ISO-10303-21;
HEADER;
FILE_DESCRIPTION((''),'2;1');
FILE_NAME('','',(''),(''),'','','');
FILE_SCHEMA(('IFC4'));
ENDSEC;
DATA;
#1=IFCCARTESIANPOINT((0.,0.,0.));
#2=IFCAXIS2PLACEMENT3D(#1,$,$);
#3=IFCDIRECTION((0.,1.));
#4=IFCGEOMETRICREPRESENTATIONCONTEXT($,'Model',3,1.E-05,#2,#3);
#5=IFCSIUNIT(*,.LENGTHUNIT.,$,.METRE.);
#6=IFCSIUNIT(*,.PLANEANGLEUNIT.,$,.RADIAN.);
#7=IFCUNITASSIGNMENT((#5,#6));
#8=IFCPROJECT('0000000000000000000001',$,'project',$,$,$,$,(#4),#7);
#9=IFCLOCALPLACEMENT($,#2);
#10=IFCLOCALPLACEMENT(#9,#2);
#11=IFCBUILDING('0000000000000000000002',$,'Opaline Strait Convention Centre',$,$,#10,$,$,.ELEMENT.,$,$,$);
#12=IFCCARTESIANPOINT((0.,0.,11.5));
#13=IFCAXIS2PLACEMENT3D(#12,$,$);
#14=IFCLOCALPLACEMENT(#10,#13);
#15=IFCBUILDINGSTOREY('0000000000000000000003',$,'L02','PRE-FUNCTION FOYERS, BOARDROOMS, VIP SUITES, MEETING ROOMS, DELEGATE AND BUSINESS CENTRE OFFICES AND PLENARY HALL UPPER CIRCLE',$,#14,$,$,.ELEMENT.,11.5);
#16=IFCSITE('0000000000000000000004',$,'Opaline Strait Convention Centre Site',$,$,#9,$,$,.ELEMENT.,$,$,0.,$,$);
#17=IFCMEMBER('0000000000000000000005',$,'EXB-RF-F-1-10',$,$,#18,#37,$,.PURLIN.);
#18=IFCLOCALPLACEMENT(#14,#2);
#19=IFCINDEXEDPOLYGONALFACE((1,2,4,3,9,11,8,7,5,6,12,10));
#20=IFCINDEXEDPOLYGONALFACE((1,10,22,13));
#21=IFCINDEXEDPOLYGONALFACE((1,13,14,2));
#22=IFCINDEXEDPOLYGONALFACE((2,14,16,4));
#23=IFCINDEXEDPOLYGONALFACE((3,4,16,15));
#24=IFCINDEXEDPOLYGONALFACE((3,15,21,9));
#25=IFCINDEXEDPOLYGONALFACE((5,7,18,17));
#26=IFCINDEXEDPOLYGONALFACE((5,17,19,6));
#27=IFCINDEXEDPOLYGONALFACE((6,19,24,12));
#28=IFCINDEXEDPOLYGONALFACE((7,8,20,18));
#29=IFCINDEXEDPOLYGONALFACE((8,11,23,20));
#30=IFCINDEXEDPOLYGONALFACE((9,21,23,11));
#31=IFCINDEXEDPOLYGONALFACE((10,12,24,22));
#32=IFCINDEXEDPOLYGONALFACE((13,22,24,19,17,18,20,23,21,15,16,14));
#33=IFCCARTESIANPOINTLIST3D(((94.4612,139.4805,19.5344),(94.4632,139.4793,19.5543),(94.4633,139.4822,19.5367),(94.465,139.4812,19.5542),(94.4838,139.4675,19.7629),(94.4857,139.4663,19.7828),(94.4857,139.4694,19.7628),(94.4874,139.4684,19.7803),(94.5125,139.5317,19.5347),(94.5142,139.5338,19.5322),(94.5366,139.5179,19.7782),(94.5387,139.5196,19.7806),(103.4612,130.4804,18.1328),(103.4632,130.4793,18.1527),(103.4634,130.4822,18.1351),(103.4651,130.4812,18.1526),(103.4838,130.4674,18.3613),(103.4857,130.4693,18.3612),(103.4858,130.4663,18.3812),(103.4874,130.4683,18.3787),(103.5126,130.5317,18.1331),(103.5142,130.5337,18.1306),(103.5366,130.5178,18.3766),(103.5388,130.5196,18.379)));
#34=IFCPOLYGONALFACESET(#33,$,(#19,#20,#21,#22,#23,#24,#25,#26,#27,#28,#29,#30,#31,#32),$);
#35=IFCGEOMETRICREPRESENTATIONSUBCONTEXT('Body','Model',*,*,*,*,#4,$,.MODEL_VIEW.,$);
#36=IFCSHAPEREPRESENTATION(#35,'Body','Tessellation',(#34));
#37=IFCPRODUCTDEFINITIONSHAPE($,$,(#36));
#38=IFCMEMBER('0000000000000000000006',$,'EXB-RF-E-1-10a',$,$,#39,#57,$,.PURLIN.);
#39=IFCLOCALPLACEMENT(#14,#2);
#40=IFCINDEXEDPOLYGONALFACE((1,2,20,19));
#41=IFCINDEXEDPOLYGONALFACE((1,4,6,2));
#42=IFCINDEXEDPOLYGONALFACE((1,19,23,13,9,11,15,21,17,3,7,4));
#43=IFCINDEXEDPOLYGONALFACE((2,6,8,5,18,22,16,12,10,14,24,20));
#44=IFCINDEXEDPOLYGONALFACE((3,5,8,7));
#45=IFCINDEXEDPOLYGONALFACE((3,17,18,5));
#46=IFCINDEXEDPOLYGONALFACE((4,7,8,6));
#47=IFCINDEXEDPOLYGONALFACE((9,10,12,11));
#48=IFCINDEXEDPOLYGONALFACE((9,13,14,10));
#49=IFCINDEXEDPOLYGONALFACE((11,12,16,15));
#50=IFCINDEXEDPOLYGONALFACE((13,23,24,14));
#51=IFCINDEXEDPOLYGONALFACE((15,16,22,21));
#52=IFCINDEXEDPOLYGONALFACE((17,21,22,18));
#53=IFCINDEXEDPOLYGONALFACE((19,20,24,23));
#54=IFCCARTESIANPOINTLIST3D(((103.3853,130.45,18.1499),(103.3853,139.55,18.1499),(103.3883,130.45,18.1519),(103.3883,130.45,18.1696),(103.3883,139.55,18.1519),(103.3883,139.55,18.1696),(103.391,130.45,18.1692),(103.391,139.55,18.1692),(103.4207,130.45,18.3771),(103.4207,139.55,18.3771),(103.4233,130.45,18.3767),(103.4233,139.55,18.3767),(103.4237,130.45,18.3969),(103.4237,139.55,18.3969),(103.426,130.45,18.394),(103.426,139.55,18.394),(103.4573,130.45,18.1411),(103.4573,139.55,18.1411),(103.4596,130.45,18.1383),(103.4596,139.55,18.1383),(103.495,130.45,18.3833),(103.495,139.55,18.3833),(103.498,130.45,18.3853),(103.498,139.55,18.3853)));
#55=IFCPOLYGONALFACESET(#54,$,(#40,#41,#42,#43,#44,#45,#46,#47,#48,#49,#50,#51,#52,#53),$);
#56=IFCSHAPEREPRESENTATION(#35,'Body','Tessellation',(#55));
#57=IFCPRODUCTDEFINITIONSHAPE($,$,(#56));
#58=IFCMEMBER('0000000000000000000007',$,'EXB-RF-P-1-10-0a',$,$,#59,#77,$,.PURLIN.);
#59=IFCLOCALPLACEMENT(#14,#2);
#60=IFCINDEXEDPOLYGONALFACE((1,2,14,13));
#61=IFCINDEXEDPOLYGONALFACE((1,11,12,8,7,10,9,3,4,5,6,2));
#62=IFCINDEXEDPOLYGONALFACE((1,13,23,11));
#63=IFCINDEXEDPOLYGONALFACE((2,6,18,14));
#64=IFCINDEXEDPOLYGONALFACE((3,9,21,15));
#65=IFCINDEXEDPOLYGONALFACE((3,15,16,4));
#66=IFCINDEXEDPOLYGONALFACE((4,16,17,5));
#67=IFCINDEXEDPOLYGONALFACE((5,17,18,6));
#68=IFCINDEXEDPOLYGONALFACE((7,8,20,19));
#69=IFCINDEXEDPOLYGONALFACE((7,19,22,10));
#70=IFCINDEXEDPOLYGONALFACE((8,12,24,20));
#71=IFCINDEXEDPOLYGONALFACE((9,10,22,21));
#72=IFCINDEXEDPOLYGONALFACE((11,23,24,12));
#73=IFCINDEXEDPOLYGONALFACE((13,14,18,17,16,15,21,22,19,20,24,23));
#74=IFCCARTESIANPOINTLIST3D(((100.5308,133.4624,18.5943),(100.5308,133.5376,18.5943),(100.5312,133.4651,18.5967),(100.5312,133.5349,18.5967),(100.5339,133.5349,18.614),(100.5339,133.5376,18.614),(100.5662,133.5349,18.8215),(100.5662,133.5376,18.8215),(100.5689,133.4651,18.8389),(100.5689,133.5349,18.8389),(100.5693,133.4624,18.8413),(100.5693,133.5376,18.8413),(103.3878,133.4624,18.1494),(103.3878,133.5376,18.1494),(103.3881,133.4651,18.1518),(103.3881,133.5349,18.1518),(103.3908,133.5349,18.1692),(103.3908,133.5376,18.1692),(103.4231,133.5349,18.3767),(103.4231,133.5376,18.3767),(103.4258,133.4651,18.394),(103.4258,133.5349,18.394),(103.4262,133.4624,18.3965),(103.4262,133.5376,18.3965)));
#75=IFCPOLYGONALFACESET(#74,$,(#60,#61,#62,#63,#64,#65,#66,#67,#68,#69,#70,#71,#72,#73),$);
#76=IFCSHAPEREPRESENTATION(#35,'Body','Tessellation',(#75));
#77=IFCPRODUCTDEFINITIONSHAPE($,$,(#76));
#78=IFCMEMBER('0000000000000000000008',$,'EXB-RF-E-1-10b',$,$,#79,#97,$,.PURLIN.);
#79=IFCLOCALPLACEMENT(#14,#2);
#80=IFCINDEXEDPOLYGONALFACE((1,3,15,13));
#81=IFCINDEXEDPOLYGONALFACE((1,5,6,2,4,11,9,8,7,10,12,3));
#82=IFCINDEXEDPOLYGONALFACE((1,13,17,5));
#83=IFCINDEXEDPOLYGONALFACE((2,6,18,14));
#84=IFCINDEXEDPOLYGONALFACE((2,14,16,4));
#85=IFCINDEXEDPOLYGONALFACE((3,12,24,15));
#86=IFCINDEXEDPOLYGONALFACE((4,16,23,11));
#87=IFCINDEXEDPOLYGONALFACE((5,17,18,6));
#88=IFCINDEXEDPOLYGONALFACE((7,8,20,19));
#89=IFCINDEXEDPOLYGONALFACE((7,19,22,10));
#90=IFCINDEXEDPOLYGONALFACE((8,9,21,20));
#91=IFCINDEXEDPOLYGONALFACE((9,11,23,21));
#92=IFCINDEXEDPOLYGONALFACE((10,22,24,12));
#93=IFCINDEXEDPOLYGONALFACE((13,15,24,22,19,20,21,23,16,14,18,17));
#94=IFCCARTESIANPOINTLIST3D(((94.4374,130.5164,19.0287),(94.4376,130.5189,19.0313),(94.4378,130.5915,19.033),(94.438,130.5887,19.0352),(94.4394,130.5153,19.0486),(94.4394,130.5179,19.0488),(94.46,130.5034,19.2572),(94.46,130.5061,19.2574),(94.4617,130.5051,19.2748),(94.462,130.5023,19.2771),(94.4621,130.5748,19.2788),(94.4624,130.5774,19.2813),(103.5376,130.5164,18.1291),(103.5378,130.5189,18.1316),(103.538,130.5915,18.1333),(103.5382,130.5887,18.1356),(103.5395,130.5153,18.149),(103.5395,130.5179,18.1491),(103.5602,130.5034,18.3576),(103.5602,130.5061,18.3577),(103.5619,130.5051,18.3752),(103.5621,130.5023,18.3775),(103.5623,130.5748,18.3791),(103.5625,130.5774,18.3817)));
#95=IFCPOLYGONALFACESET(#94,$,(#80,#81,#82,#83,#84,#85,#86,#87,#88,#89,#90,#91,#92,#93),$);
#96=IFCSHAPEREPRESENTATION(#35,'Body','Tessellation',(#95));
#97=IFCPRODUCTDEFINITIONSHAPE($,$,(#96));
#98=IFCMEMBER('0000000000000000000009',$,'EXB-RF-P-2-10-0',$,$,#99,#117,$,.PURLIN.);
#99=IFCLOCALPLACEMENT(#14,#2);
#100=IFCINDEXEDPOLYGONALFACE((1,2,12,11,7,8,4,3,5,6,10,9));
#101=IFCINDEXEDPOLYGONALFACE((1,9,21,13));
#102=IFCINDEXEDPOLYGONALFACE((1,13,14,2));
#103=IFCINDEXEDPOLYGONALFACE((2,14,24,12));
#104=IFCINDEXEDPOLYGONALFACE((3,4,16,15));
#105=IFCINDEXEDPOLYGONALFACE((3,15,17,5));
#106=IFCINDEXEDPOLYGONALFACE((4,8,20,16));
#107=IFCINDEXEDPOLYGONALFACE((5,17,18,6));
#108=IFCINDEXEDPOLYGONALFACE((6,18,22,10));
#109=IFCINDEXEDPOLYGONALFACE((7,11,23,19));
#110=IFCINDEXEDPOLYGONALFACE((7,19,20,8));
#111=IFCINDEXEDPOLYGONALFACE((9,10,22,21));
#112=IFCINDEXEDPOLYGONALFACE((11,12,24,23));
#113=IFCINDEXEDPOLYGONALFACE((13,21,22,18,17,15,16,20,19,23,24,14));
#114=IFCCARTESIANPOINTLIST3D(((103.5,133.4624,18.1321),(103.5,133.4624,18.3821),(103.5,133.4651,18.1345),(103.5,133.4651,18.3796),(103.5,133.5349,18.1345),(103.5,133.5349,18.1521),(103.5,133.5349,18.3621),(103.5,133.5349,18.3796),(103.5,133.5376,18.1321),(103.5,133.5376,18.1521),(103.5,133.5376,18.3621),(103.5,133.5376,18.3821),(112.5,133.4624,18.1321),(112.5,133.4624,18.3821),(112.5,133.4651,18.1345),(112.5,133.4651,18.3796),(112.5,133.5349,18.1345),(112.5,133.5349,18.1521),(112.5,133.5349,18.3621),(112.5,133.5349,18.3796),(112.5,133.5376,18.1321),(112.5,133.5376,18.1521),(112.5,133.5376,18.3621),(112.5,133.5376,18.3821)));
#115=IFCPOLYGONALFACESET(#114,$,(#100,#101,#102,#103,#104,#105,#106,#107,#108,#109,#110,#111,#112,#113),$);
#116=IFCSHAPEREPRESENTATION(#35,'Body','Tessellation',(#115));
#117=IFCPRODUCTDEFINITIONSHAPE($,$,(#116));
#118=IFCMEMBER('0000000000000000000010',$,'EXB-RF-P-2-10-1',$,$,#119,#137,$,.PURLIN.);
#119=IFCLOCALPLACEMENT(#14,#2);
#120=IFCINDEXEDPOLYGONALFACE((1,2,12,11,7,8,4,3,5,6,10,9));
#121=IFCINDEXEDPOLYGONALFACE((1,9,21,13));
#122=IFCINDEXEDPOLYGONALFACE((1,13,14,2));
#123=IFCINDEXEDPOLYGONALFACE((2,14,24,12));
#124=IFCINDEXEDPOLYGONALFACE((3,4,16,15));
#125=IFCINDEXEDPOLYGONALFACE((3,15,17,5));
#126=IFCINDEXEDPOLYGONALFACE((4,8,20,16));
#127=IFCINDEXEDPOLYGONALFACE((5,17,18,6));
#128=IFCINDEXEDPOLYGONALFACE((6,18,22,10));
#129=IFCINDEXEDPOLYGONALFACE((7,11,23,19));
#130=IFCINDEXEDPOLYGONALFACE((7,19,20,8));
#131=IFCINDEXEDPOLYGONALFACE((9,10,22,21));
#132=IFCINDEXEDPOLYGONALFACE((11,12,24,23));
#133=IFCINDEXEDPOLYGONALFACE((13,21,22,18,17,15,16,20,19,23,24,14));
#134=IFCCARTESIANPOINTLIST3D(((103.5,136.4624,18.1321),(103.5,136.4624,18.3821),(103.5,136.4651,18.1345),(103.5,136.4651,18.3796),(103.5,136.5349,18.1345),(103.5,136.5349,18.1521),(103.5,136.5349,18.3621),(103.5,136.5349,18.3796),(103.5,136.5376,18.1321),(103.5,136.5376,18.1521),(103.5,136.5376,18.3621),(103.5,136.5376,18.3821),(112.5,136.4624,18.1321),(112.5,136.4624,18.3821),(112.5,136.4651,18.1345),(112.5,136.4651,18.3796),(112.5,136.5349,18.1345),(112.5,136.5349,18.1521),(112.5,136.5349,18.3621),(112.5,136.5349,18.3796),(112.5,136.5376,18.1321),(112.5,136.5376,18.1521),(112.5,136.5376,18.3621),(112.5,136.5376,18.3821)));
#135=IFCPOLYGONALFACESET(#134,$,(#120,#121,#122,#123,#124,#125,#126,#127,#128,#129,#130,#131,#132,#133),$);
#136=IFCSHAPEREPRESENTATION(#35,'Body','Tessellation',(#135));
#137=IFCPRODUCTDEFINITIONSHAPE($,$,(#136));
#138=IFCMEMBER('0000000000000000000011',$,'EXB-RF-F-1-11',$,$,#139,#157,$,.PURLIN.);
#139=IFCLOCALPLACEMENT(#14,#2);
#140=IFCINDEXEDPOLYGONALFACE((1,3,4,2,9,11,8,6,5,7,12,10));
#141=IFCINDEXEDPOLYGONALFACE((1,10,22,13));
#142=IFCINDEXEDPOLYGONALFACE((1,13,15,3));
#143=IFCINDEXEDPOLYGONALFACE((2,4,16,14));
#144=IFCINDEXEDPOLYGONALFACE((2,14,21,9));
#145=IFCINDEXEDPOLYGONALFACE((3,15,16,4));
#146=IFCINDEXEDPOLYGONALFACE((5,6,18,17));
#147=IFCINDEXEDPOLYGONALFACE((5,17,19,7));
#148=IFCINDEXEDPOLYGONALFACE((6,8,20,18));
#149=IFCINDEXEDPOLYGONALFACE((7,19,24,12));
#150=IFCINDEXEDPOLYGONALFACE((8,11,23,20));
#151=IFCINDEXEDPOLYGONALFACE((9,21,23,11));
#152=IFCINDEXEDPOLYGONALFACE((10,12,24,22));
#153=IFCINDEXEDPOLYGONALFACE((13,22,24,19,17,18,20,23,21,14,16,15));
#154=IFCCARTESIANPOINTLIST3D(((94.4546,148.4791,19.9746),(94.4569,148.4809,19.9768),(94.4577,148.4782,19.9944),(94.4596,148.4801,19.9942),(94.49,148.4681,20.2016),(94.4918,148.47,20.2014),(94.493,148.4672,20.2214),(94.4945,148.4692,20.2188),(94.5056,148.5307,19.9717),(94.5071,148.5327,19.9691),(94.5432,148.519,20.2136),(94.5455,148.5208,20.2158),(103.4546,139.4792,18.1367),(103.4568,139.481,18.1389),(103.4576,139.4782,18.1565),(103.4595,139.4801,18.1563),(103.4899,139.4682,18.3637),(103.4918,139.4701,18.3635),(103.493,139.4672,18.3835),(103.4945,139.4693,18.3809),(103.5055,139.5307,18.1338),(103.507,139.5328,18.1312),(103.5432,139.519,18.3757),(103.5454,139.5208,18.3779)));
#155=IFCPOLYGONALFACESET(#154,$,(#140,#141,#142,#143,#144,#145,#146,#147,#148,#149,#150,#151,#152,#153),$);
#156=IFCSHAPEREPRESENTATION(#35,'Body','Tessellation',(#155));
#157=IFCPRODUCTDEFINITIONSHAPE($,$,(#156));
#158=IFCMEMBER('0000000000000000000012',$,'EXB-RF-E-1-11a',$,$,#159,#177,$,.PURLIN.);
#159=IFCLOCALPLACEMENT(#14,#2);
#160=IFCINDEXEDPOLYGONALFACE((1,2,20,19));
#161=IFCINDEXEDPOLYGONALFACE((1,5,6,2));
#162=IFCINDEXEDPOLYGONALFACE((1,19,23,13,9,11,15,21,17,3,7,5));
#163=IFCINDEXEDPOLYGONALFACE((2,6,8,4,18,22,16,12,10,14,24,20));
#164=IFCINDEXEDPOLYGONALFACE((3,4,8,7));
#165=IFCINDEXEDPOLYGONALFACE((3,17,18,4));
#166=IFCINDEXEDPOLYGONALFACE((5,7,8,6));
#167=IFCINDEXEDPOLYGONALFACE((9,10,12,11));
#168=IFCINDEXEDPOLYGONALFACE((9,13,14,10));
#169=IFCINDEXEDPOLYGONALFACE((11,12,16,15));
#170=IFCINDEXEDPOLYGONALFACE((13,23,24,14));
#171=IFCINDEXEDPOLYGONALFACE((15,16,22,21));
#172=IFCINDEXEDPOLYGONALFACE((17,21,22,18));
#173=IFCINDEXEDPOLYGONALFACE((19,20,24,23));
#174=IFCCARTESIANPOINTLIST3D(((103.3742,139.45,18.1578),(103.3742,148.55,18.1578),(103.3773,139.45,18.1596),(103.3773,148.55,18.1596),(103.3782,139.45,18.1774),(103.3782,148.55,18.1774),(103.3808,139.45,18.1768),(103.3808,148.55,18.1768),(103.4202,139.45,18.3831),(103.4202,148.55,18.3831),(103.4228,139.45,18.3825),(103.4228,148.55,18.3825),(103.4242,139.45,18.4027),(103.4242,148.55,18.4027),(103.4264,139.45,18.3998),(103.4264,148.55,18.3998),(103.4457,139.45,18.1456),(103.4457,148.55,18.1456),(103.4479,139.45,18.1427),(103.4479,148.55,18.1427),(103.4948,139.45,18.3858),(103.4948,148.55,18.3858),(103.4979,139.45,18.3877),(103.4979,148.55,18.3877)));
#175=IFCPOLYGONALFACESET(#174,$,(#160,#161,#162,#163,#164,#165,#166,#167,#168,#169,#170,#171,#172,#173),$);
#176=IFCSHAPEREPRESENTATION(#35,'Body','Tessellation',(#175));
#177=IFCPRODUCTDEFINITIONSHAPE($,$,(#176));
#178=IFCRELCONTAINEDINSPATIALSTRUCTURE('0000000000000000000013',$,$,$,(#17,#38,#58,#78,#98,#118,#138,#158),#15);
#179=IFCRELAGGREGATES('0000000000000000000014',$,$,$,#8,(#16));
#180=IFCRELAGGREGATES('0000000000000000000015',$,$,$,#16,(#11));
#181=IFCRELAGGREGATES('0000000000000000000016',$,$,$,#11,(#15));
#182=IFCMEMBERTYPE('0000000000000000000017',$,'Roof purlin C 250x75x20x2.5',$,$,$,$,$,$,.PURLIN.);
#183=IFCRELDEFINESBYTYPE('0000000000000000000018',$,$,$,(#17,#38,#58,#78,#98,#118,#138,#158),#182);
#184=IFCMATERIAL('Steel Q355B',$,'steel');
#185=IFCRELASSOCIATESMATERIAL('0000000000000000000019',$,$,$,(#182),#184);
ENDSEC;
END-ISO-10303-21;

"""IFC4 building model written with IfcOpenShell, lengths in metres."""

from ifc_helpers import new_model, si_unit, direction, frame, origin, place, context, subcontext, project, spatial, polyline, outline, extrude, material, material_profile, profile_set, type_object, element, save


model = new_model("IFC4")

# Units and contexts
model_context = context("Model", 3, precision=1e-05, world=origin(), true_north=direction((0.0, 1.0)))
body_context = subcontext(model_context, "Body", "Model", "MODEL_VIEW")
ifc_project = project(units=[si_unit("LENGTHUNIT", "METRE"), si_unit("PLANEANGLEUNIT", "RADIAN")], contexts=[model_context])

# Site, building, storey
site_placement = place(None, origin())
site = spatial("IfcSite", under=ifc_project, at=site_placement, Name="Opaline Strait Convention Centre Site", CompositionType="ELEMENT", RefElevation=0.0)
building_placement = place(site_placement, origin())
building = spatial("IfcBuilding", under=site, at=building_placement, Name="Opaline Strait Convention Centre", CompositionType="ELEMENT")
storey_placement = place(building_placement, frame((0.0, 0.0, 11.5)))
storey = spatial("IfcBuildingStorey", under=building, at=storey_placement, Name="L02", Description="PRE-FUNCTION FOYERS, BOARDROOMS, VIP SUITES, MEETING ROOMS, DELEGATE AND BUSINESS CENTRE OFFICES AND PLENARY HALL UPPER CIRCLE", CompositionType="ELEMENT", Elevation=11.5)

# Members
ifc_material_1 = material(Name="Steel Q355B", Category="steel")
ifc_material_profile_1 = material_profile(ifc_material_1, outline(polyline([(-0.0376, -0.125), (0.0376, -0.125), (0.0376, -0.105), (0.0349, -0.105), (0.0349, -0.1226), (-0.0349, -0.1226), (-0.0349, 0.1226), (0.0349, 0.1226), (0.0349, 0.105), (0.0376, 0.105), (0.0376, 0.125), (-0.0376, 0.125), (-0.0376, -0.125)])), Name="C 250x75x20x2.5")
ifc_profile_set_1 = profile_set([ifc_material_profile_1], Name="Steel Q355B")
member_type_1 = type_object("IfcMemberType", Name="Roof purlin C 250x75x20x2.5", PredefinedType="PURLIN", material=ifc_profile_set_1)
member_1_placement = place(storey_placement, frame((103.5, 130.5, 18.2559), z_axis=(-0.702858, 0.702858, 0.109459), x_axis=(-0.704515, -0.709083, 0.029328)))
element("IfcMember", 1, at=member_1_placement, inside=storey, type_object=member_type_1, Name="EXB-RF-F-1-10", PredefinedType="PURLIN", context=body_context, shape_type="SweptSolid", body=[
    extrude(outline(polyline([(-0.0376, -0.125), (0.0376, -0.125), (0.0376, -0.105), (0.0349, -0.105), (0.0349, -0.1226), (-0.0349, -0.1226), (-0.0349, 0.1226), (0.0349, 0.1226), (0.0349, 0.105), (0.0376, 0.105), (0.0376, 0.125), (-0.0376, 0.125), (-0.0376, -0.125)])), origin(), (0.0, 0.0, 1.0), 12.8049),
])
member_2_placement = place(storey_placement, frame((103.4417, 130.45, 18.2676), z_axis=(0.0, 1.0, 0.0), x_axis=(-0.988092, 0.0, 0.153864)))
element("IfcMember", 2, at=member_2_placement, inside=storey, type_object=member_type_1, Name="EXB-RF-E-1-10a", PredefinedType="PURLIN", context=body_context, shape_type="SweptSolid", body=[
    extrude(outline(polyline([(-0.0376, -0.125), (0.0376, -0.125), (0.0376, -0.105), (0.0349, -0.105), (0.0349, -0.1226), (-0.0349, -0.1226), (-0.0349, 0.1226), (0.0349, 0.1226), (0.0349, 0.105), (0.0376, 0.105), (0.0376, 0.125), (-0.0376, 0.125), (-0.0376, -0.125)])), origin(), (0.0, 0.0, 1.0), 9.1001),
])
member_3_placement = place(storey_placement, frame((100.55, 133.5, 18.7178), z_axis=(0.988095, 0.0, -0.153846), x_axis=(0.0, 1.0, 0.0)))
element("IfcMember", 3, at=member_3_placement, inside=storey, type_object=member_type_1, Name="EXB-RF-P-1-10-0a", PredefinedType="PURLIN", context=body_context, shape_type="SweptSolid", body=[
    extrude(outline(polyline([(-0.0376, -0.125), (0.0376, -0.125), (0.0376, -0.105), (0.0349, -0.105), (0.0349, -0.1226), (-0.0349, -0.1226), (-0.0349, 0.1226), (0.0349, 0.1226), (0.0349, 0.105), (0.0376, 0.105), (0.0376, 0.125), (-0.0376, 0.125), (-0.0376, -0.125)])), origin(), (0.0, 0.0, 1.0), 2.8914),
])
member_4_placement = place(storey_placement, frame((103.55, 130.5469, 18.2554), z_axis=(-0.995149, 0.0, 0.098383), x_axis=(-0.005558, -0.998403, -0.05622)))
element("IfcMember", 4, at=member_4_placement, inside=storey, type_object=member_type_1, Name="EXB-RF-E-1-10b", PredefinedType="PURLIN", context=body_context, shape_type="SweptSolid", body=[
    extrude(outline(polyline([(-0.0376, -0.125), (0.0376, -0.125), (0.0376, -0.105), (0.0349, -0.105), (0.0349, -0.1226), (-0.0349, -0.1226), (-0.0349, 0.1226), (0.0349, 0.1226), (0.0349, 0.105), (0.0376, 0.105), (0.0376, 0.125), (-0.0376, 0.125), (-0.0376, -0.125)])), origin(), (0.0, 0.0, 1.0), 9.1445),
])
for number, where, z_axis, x_axis, name in (
    (5, (103.5, 133.5, 18.2571), (1.0, 0.0, 0.0), (0.0, 1.0, 0.0), "EXB-RF-P-2-10-0"),
    (6, (103.5, 136.5, 18.2571), (1.0, 0.0, 0.0), (0.0, 1.0, 0.0), "EXB-RF-P-2-10-1"),
):
    element("IfcMember", number, at=place(storey_placement, frame(where, z_axis=z_axis, x_axis=x_axis)), inside=storey, type_object=member_type_1, Name=name, PredefinedType="PURLIN", context=body_context, shape_type="SweptSolid", body=[
        extrude(outline(polyline([(-0.0376, -0.125), (0.0376, -0.125), (0.0376, -0.105), (0.0349, -0.105), (0.0349, -0.1226), (-0.0349, -0.1226), (-0.0349, 0.1226), (0.0349, 0.1226), (0.0349, 0.105), (0.0376, 0.105), (0.0376, 0.125), (-0.0376, 0.125), (-0.0376, -0.125)])), origin(), (0.0, 0.0, 1.0), 9.0),
    ])
member_5_placement = place(storey_placement, frame((103.5, 139.5, 18.2573), z_axis=(-0.699848, 0.699848, 0.142916), x_axis=(-0.697562, -0.712686, 0.074064)))
element("IfcMember", 7, at=member_5_placement, inside=storey, type_object=member_type_1, Name="EXB-RF-F-1-11", PredefinedType="PURLIN", context=body_context, shape_type="SweptSolid", body=[
    extrude(outline(polyline([(-0.0376, -0.125), (0.0376, -0.125), (0.0376, -0.105), (0.0349, -0.105), (0.0349, -0.1226), (-0.0349, -0.1226), (-0.0349, 0.1226), (0.0349, 0.1226), (0.0349, 0.105), (0.0376, 0.105), (0.0376, 0.125), (-0.0376, 0.125), (-0.0376, -0.125)])), origin(), (0.0, 0.0, 1.0), 12.8599),
])
member_6_placement = place(storey_placement, frame((103.436, 139.45, 18.2727), z_axis=(0.0, 1.0, 0.0), x_axis=(-0.97978, 0.0, 0.200078)))
element("IfcMember", 8, at=member_6_placement, inside=storey, type_object=member_type_1, Name="EXB-RF-E-1-11a", PredefinedType="PURLIN", context=body_context, shape_type="SweptSolid", body=[
    extrude(outline(polyline([(-0.0376, -0.125), (0.0376, -0.125), (0.0376, -0.105), (0.0349, -0.105), (0.0349, -0.1226), (-0.0349, -0.1226), (-0.0349, 0.1226), (0.0349, 0.1226), (0.0349, 0.105), (0.0376, 0.105), (0.0376, 0.125), (-0.0376, 0.125), (-0.0376, -0.125)])), origin(), (0.0, 0.0, 1.0), 9.1001),
])

save(model, "model.ifc")
